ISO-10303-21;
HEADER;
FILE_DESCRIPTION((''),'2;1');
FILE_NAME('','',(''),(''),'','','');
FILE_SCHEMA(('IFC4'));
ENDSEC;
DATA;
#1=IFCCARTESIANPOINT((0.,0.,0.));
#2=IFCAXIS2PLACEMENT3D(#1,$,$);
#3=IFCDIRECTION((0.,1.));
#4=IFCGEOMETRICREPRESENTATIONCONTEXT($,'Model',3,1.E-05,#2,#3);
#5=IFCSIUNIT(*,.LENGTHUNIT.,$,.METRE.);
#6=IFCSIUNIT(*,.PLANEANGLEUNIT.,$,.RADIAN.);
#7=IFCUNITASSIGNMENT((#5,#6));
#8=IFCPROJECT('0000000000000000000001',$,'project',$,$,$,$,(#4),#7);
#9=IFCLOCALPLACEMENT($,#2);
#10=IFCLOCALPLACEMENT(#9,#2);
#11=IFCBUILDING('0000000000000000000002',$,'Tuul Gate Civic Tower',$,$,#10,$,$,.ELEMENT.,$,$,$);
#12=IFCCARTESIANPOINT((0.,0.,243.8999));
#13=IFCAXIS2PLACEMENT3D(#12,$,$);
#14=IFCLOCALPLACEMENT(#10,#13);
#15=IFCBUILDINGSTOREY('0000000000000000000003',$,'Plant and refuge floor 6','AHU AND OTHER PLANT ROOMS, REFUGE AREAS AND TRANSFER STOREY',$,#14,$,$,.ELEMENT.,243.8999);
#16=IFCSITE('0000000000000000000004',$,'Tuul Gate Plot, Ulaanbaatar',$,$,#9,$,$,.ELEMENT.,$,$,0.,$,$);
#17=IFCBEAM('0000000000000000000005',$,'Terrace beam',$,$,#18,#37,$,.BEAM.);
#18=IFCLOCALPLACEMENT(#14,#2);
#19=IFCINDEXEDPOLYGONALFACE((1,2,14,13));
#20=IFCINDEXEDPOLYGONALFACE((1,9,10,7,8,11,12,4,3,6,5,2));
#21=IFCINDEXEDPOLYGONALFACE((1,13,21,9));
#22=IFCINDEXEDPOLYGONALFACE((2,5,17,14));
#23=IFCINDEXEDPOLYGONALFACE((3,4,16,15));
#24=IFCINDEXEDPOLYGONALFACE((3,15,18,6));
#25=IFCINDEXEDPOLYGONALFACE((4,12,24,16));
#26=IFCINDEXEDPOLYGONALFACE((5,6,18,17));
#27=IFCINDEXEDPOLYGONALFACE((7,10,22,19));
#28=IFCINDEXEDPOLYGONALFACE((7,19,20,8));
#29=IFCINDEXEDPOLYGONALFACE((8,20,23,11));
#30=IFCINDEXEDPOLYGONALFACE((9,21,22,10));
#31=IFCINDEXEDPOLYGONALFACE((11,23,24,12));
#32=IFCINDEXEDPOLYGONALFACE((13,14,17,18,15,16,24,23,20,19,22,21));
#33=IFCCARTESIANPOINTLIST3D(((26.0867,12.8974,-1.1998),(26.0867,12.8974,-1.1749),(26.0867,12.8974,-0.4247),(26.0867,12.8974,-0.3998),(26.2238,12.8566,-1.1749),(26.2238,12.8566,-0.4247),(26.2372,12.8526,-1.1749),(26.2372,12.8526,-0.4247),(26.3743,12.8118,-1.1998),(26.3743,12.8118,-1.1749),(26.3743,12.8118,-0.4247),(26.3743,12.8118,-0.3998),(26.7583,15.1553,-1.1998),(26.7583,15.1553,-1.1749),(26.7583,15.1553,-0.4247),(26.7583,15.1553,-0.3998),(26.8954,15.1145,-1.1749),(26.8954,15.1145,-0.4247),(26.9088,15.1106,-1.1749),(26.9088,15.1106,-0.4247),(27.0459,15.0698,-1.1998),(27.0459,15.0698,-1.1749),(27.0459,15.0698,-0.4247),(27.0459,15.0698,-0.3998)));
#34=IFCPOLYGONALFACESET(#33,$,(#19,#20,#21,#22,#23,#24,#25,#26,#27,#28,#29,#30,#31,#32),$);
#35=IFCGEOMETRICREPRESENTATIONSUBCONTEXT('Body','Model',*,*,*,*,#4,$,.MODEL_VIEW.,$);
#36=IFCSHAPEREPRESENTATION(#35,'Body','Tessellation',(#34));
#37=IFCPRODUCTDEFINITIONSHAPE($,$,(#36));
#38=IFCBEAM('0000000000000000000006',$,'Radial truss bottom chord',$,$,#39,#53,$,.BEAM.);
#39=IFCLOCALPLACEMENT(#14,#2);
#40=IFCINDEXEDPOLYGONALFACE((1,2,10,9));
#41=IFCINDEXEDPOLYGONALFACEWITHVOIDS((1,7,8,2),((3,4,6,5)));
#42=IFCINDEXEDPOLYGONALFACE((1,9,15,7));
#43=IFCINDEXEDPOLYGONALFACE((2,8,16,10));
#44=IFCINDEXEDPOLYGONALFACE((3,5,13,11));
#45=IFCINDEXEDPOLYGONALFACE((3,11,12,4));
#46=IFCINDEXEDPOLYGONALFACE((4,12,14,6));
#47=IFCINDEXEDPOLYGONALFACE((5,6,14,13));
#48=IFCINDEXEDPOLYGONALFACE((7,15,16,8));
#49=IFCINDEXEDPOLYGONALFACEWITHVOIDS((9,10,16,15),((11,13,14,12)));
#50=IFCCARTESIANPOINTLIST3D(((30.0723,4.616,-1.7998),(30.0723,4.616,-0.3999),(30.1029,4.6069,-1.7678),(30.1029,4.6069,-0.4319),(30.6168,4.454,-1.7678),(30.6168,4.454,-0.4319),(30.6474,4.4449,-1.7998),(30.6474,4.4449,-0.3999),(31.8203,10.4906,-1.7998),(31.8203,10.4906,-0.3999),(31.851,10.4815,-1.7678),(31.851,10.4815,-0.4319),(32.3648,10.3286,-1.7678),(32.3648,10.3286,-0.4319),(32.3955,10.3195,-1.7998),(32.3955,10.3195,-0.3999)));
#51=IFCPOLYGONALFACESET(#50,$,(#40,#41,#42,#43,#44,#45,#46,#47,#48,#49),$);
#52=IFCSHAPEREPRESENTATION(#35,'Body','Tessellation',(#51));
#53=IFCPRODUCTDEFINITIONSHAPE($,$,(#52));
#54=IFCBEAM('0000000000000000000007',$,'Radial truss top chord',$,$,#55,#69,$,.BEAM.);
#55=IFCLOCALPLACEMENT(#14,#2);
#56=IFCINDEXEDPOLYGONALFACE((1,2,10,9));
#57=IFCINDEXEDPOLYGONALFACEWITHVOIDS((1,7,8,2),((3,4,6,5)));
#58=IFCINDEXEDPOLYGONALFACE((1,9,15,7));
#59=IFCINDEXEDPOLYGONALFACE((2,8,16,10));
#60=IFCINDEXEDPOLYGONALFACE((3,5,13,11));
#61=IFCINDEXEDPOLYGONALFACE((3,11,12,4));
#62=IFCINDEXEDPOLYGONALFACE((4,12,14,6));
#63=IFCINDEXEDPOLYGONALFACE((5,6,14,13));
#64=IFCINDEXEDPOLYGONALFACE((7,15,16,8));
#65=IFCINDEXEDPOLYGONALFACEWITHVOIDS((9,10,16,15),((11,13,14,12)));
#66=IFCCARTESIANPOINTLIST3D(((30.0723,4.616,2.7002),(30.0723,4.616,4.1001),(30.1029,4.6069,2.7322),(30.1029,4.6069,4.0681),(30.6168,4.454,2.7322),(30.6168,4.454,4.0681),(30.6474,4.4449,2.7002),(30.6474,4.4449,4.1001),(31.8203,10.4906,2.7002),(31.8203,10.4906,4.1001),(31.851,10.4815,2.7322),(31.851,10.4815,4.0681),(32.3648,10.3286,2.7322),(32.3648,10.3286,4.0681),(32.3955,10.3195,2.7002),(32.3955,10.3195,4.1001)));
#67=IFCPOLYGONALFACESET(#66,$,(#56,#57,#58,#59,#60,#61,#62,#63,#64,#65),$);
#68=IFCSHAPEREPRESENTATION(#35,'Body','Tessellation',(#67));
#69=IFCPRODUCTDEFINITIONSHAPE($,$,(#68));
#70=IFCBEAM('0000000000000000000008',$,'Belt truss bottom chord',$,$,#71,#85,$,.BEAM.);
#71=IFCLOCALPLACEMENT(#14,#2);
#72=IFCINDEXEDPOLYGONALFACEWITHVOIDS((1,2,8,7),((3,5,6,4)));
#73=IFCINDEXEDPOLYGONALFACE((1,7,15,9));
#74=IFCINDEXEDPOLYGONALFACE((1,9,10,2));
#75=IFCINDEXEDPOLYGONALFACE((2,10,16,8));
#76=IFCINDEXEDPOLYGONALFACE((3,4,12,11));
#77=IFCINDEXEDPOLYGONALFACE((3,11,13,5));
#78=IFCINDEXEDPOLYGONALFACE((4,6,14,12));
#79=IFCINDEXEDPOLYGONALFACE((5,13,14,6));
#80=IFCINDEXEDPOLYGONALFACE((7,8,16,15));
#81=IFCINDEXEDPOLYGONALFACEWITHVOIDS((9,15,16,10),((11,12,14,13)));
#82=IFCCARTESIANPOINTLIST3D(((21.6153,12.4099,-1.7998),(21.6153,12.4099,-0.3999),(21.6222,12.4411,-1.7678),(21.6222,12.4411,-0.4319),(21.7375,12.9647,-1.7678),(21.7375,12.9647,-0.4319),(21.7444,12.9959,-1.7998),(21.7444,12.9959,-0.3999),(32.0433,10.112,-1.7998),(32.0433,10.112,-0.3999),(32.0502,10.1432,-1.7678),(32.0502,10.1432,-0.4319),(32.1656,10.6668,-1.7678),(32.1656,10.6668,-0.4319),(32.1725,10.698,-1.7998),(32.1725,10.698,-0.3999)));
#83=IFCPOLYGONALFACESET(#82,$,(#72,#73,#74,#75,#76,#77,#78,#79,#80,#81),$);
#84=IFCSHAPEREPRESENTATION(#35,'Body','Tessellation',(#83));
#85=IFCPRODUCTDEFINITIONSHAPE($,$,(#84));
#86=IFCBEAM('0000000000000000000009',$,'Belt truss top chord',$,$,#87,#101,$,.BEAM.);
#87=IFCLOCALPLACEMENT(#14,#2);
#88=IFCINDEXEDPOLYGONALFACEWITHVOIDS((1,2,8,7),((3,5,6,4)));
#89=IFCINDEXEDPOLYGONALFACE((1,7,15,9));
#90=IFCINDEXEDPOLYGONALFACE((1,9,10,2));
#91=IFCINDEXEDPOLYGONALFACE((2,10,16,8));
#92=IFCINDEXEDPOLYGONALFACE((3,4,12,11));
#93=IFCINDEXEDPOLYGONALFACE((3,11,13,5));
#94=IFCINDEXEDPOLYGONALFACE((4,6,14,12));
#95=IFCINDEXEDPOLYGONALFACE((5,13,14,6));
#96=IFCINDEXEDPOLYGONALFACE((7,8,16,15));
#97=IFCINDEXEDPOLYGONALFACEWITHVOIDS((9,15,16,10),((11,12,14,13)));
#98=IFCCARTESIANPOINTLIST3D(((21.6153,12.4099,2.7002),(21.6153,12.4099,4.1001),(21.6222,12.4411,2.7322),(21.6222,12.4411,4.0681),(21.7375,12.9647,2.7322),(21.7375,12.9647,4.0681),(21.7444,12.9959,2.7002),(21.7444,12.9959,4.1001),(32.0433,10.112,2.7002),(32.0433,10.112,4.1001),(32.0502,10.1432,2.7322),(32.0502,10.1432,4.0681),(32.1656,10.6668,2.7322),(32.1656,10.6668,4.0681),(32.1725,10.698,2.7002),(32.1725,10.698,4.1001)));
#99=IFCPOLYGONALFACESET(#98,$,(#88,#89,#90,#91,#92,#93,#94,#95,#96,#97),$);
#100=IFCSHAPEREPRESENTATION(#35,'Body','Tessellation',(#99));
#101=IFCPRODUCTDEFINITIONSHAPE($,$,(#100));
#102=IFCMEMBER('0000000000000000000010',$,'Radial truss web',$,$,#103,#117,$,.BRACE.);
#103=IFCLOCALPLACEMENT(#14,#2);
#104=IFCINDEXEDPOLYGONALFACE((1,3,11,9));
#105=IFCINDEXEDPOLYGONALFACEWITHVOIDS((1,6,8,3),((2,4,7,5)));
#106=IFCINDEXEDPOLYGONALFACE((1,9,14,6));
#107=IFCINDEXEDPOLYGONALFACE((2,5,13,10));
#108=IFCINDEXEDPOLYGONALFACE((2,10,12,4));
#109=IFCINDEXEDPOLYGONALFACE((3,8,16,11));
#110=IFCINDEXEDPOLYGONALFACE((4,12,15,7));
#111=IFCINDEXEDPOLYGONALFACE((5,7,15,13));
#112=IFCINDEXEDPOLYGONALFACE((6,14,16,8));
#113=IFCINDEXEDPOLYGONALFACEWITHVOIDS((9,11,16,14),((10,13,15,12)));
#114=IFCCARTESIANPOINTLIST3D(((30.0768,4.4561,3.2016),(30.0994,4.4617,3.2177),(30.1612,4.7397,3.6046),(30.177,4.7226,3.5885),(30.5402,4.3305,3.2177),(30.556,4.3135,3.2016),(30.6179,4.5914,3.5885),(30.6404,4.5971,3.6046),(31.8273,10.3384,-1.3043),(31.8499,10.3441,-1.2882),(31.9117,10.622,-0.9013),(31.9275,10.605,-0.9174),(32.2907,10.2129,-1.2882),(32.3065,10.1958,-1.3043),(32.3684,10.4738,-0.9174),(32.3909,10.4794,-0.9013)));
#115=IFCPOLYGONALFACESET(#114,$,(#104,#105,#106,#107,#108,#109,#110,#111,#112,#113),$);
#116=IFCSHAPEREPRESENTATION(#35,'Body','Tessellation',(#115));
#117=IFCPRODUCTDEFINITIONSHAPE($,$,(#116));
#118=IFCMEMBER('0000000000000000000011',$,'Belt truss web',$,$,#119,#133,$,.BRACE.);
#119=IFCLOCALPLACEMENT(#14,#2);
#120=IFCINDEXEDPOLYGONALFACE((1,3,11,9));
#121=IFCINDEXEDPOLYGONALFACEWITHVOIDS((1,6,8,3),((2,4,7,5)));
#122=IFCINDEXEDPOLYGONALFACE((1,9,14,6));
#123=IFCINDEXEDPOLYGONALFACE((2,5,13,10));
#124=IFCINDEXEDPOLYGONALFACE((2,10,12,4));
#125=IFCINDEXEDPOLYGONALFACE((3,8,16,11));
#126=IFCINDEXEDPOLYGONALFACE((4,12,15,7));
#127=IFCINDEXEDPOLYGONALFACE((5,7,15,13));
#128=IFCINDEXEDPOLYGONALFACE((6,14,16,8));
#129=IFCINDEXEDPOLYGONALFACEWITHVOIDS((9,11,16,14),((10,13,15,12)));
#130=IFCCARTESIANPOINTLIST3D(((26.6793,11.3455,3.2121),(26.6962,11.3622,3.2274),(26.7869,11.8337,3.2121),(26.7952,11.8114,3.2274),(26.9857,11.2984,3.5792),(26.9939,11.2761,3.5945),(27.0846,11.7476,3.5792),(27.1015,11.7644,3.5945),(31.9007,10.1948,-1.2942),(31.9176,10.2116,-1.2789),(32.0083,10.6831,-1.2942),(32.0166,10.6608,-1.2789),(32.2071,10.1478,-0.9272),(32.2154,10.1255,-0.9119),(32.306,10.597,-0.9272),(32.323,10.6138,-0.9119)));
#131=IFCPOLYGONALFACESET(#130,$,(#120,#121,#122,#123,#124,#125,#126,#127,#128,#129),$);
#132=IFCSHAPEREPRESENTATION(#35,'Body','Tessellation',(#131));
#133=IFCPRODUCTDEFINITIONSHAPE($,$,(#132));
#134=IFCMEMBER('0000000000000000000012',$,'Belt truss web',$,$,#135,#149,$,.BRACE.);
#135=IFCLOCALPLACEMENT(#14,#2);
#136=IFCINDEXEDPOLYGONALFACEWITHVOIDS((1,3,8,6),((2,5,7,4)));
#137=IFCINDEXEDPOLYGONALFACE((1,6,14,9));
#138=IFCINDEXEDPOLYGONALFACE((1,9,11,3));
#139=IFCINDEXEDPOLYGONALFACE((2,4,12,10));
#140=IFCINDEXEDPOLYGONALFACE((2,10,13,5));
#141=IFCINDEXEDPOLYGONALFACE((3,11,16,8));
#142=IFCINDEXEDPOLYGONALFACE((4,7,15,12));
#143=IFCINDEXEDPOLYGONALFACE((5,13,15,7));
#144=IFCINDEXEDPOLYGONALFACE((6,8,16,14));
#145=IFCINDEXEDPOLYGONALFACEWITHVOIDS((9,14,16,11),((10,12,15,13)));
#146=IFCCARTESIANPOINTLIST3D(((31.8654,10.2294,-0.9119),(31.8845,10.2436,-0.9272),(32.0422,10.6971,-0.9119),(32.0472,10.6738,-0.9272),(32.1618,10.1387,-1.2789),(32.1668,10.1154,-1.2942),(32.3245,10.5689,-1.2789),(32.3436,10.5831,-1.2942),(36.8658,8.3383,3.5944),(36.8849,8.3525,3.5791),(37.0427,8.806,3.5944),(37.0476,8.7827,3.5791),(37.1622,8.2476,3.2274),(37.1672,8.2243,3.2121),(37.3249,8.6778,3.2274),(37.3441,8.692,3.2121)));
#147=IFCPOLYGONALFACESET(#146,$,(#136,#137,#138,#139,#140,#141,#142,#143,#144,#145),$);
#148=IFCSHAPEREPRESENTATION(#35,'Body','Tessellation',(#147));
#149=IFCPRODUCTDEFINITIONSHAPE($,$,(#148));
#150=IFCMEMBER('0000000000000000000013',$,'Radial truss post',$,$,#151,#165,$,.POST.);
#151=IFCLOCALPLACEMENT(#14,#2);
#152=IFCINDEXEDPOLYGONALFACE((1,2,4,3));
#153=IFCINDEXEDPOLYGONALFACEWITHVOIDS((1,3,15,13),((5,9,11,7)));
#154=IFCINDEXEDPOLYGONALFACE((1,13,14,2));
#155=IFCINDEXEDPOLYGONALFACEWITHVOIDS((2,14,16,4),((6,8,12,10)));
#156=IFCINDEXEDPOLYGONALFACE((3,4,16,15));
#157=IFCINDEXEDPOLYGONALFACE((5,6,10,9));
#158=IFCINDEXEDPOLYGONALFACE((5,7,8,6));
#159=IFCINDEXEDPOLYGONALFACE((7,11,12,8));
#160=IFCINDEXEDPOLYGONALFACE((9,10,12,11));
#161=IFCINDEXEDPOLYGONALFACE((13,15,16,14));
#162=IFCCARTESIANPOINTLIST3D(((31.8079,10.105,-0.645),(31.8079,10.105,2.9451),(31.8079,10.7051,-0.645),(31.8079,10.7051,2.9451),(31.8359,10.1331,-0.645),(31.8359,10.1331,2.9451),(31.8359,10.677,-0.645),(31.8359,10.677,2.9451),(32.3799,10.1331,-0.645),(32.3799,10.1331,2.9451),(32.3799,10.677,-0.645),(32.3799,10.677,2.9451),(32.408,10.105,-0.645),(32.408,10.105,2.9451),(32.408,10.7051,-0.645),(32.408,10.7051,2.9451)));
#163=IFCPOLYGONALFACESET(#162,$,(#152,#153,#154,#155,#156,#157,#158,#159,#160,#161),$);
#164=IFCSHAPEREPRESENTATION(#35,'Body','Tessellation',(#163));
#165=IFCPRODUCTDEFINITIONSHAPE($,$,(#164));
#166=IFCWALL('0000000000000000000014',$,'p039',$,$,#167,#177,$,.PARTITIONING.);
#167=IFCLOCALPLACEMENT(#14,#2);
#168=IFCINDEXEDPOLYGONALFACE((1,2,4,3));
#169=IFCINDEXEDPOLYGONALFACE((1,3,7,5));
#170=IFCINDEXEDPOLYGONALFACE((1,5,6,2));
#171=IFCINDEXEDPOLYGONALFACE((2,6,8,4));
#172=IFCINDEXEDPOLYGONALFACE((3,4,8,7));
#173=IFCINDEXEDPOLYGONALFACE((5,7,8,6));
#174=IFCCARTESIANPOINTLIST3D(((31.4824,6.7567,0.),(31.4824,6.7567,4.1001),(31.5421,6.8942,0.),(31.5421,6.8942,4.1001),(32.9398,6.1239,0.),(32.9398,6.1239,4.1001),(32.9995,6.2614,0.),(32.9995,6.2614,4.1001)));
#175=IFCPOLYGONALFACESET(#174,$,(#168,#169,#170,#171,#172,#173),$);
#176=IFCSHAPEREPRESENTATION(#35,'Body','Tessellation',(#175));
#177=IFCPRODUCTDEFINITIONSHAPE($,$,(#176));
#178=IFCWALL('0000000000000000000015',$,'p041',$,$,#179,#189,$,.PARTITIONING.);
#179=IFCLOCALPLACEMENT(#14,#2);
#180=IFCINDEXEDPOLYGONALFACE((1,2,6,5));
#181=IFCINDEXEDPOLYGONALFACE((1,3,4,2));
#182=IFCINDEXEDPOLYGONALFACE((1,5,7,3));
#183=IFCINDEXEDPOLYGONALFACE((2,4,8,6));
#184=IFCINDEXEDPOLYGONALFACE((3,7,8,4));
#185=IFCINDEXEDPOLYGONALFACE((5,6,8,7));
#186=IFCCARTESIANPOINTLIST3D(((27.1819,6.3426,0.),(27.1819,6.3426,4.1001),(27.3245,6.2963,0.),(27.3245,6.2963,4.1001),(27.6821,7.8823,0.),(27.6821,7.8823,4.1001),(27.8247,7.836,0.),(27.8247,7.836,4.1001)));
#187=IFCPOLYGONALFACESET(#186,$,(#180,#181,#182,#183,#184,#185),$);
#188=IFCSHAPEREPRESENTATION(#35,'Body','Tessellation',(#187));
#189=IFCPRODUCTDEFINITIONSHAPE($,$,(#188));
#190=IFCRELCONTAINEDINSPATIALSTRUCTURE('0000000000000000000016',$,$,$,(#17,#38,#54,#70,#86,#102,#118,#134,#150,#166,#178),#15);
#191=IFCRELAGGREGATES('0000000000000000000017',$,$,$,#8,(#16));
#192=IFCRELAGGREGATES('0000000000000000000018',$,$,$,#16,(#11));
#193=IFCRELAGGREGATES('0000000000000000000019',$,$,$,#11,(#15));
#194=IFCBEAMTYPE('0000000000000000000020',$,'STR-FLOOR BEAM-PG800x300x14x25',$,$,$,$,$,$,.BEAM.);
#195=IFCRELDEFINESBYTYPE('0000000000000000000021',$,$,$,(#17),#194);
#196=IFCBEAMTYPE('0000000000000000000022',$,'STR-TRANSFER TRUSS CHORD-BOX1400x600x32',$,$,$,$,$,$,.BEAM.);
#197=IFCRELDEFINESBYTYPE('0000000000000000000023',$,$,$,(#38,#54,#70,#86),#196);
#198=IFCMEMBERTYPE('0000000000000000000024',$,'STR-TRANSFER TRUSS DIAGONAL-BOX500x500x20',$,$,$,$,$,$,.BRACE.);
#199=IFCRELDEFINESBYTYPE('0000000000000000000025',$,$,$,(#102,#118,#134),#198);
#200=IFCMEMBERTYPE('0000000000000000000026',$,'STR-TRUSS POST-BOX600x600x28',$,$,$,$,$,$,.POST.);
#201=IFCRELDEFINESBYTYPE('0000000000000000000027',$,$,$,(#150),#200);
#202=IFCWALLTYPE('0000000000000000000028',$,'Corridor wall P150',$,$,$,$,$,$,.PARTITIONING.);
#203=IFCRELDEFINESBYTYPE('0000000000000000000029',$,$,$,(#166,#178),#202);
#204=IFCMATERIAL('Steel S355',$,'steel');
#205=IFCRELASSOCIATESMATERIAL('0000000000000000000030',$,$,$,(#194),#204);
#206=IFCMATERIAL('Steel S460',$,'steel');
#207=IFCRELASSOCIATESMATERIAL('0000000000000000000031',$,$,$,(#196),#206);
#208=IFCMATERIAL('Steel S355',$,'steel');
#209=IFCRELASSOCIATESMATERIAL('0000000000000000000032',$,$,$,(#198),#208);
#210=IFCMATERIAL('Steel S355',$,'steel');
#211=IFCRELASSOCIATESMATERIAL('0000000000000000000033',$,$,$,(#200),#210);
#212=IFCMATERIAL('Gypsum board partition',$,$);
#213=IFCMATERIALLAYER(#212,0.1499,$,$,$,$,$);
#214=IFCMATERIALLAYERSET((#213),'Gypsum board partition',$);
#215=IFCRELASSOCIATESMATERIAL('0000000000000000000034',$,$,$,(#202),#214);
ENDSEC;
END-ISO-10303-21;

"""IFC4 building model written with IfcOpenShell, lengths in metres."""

from ifc_helpers import new_model, si_unit, direction, frame, frame_2d, origin, origin_2d, place, context, subcontext, project, spatial, rectangle, hollow_rectangle, i_section, extrude, material, layer, layer_set, material_profile, profile_set, type_object, element, save


model = new_model("IFC4")

# Units and contexts
model_context = context("Model", 3, precision=1e-05, world=origin(), true_north=direction((0.0, 1.0)))
body_context = subcontext(model_context, "Body", "Model", "MODEL_VIEW")
ifc_project = project(units=[si_unit("LENGTHUNIT", "METRE"), si_unit("PLANEANGLEUNIT", "RADIAN")], contexts=[model_context])

# Site, building, storey
site_placement = place(None, origin())
site = spatial("IfcSite", under=ifc_project, at=site_placement, Name="Tuul Gate Plot, Ulaanbaatar", CompositionType="ELEMENT", RefElevation=0.0)
building_placement = place(site_placement, origin())
building = spatial("IfcBuilding", under=site, at=building_placement, Name="Tuul Gate Civic Tower", CompositionType="ELEMENT")
storey_placement = place(building_placement, frame((0.0, 0.0, 243.8999)))
storey = spatial("IfcBuildingStorey", under=building, at=storey_placement, Name="Plant and refuge floor 6", Description="AHU AND OTHER PLANT ROOMS, REFUGE AREAS AND TRANSFER STOREY", CompositionType="ELEMENT", Elevation=243.8999)

# Beams
ifc_material_1 = material(Name="Steel S355", Category="steel")
ifc_material_profile_1 = material_profile(ifc_material_1, i_section(OverallWidth=0.3, OverallDepth=0.8, WebThickness=0.0139, FlangeThickness=0.0249, at=origin_2d()), Name="PG800x300x14x25")
ifc_profile_set_1 = profile_set([ifc_material_profile_1], Name="Steel S355")
beam_type_1 = type_object("IfcBeamType", Name="STR-FLOOR BEAM-PG800x300x14x25", PredefinedType="BEAM", material=ifc_profile_set_1)
beam_placement = place(storey_placement, frame((26.9021, 15.1125, -0.7998), z_axis=(-0.285094, -0.9585, 0.0), x_axis=(0.9585, -0.285094, 0.0)))
element("IfcBeam", 1, at=beam_placement, inside=storey, type_object=beam_type_1, Name="Terrace beam", PredefinedType="BEAM", context=body_context, shape_type="SweptSolid", body=[
    extrude(i_section(OverallWidth=0.3, OverallDepth=0.8, WebThickness=0.0139, FlangeThickness=0.0249, at=origin_2d()), origin(), (0.0, 0.0, 1.0), 2.3557),
])
ifc_material_2 = material(Name="Steel S460", Category="steel")
ifc_material_profile_2 = material_profile(ifc_material_2, hollow_rectangle(XDim=0.6001, YDim=1.3999, WallThickness=0.032, at=origin_2d()), Name="BOX1400x600x32")
ifc_profile_set_2 = profile_set([ifc_material_profile_2], Name="Steel S460")
beam_type_2 = type_object("IfcBeamType", Name="STR-TRANSFER TRUSS CHORD-BOX1400x600x32", PredefinedType="BEAM", material=ifc_profile_set_2)
for number, where, z_axis, x_axis, name in (
    (2, (32.1079, 10.405, -1.0999), (-0.285206, -0.958466, 0.0), (0.958466, -0.285206, 0.0), "Radial truss bottom chord"),
    (3, (32.1079, 10.405, 3.4001), (-0.285206, -0.958466, 0.0), (0.958466, -0.285206, 0.0), "Radial truss top chord"),
):
    element("IfcBeam", number, at=place(storey_placement, frame(where, z_axis=z_axis, x_axis=x_axis)), inside=storey, type_object=beam_type_2, Name=name, PredefinedType="BEAM", context=body_context, shape_type="SweptSolid", body=[
        extrude(hollow_rectangle(XDim=0.6001, YDim=1.3999, WallThickness=0.032, at=origin_2d()), origin(), (0.0, 0.0, 1.0), 6.1292),
    ])
for number, where, z_axis, x_axis, name in (
    (4, (32.1079, 10.405, -1.0999), (-0.976572, 0.215192, 0.0), (-0.215192, -0.976572, 0.0), "Belt truss bottom chord"),
    (5, (32.1079, 10.405, 3.4001), (-0.976572, 0.215192, 0.0), (-0.215192, -0.976572, 0.0), "Belt truss top chord"),
):
    element("IfcBeam", number, at=place(storey_placement, frame(where, z_axis=z_axis, x_axis=x_axis)), inside=storey, type_object=beam_type_2, Name=name, PredefinedType="BEAM", context=body_context, shape_type="SweptSolid", body=[
        extrude(hollow_rectangle(XDim=0.6001, YDim=1.3999, WallThickness=0.032, at=origin_2d()), origin(), (0.0, 0.0, 1.0), 10.6782),
    ])

# Members
ifc_material_3 = material(Name="Steel S355", Category="steel")
ifc_material_profile_3 = material_profile(ifc_material_3, hollow_rectangle(XDim=0.5, YDim=0.5, WallThickness=0.02, at=origin_2d()), Name="BOX500x500x20")
ifc_profile_set_3 = profile_set([ifc_material_profile_3], Name="Steel S355")
member_type_1 = type_object("IfcMemberType", Name="STR-TRANSFER TRUSS DIAGONAL-BOX500x500x20", PredefinedType="BRACE", material=ifc_profile_set_3)
member_1_placement = place(storey_placement, frame((32.1091, 10.4089, -1.1028), z_axis=(-0.229912, -0.772595, 0.591808), x_axis=(0.958461, -0.285223, 0.0)))
element("IfcMember", 6, at=member_1_placement, inside=storey, type_object=member_type_1, Name="Radial truss web", PredefinedType="BRACE", context=body_context, shape_type="SweptSolid", body=[
    extrude(hollow_rectangle(XDim=0.5, YDim=0.5, WallThickness=0.02, at=origin_2d()), origin(), (0.0, 0.0, 1.0), 7.6138),
])
member_2_placement = place(storey_placement, frame((32.1118, 10.4043, -1.103), z_axis=(-0.746724, 0.164554, 0.644458), x_axis=(-0.215204, -0.976569, 0.0)))
element("IfcMember", 7, at=member_2_placement, inside=storey, type_object=member_type_1, Name="Belt truss web", PredefinedType="BRACE", context=body_context, shape_type="SweptSolid", body=[
    extrude(hollow_rectangle(XDim=0.5, YDim=0.5, WallThickness=0.02, at=origin_2d()), origin(), (0.0, 0.0, 1.0), 6.9924),
])
member_3_placement = place(storey_placement, frame((32.1045, 10.4062, -1.103), z_axis=(0.715171, -0.270467, 0.644499), x_axis=(0.353734, 0.935346, 0.0)))
element("IfcMember", 8, at=member_3_placement, inside=storey, type_object=member_type_1, Name="Belt truss web", PredefinedType="BRACE", context=body_context, shape_type="SweptSolid", body=[
    extrude(hollow_rectangle(XDim=0.5, YDim=0.5, WallThickness=0.02, at=origin_2d()), origin(), (0.0, 0.0, 1.0), 6.9919),
])
ifc_material_4 = material(Name="Steel S355", Category="steel")
ifc_material_profile_4 = material_profile(ifc_material_4, hollow_rectangle(XDim=0.6001, YDim=0.6001, WallThickness=0.0281, at=origin_2d()), Name="BOX600x600x28")
ifc_profile_set_4 = profile_set([ifc_material_profile_4], Name="Steel S355")
member_type_2 = type_object("IfcMemberType", Name="STR-TRUSS POST-BOX600x600x28", PredefinedType="POST", material=ifc_profile_set_4)
member_4_placement = place(storey_placement, frame((32.1079, 10.405, -0.645), z_axis=(0.0, 0.0, 1.0), x_axis=(1.0, 0.0, 0.0)))
element("IfcMember", 9, at=member_4_placement, inside=storey, type_object=member_type_2, Name="Radial truss post", PredefinedType="POST", context=body_context, shape_type="SweptSolid", body=[
    extrude(hollow_rectangle(XDim=0.6001, YDim=0.6001, WallThickness=0.0281, at=origin_2d()), origin(), (0.0, 0.0, 1.0), 3.5901),
])

# Walls
ifc_material_5 = material(Name="Gypsum board partition")
ifc_layer_1 = layer(ifc_material_5, 0.1499)
ifc_layer_set_1 = layer_set([ifc_layer_1], Name="Gypsum board partition")
wall_type_1 = type_object("IfcWallType", Name="Corridor wall P150", PredefinedType="PARTITIONING", material=ifc_layer_set_1)
wall_1_placement = place(storey_placement, frame((31.5122, 6.8254, 0.0), z_axis=(0.0, 0.0, 1.0), x_axis=(0.917275, -0.398254, 0.0)))
element("IfcWall", 10, at=wall_1_placement, inside=storey, type_object=wall_type_1, Name="p039", PredefinedType="PARTITIONING", context=body_context, shape_type="SweptSolid", body=[
    extrude(rectangle(XDim=1.5889, YDim=0.1499, at=frame_2d((0.7944, 0.0))), origin(), (0.0, 0.0, 1.0), 4.1001),
])
wall_2_placement = place(storey_placement, frame((27.2532, 6.3193, 0.0), z_axis=(0.0, 0.0, 1.0), x_axis=(0.30898, 0.951068, 0.0)))
element("IfcWall", 11, at=wall_2_placement, inside=storey, type_object=wall_type_1, Name="p041", PredefinedType="PARTITIONING", context=body_context, shape_type="SweptSolid", body=[
    extrude(rectangle(XDim=1.6189, YDim=0.1499, at=frame_2d((0.8096, 0.0))), origin(), (0.0, 0.0, 1.0), 4.1001),
])

save(model, "model.ifc")
